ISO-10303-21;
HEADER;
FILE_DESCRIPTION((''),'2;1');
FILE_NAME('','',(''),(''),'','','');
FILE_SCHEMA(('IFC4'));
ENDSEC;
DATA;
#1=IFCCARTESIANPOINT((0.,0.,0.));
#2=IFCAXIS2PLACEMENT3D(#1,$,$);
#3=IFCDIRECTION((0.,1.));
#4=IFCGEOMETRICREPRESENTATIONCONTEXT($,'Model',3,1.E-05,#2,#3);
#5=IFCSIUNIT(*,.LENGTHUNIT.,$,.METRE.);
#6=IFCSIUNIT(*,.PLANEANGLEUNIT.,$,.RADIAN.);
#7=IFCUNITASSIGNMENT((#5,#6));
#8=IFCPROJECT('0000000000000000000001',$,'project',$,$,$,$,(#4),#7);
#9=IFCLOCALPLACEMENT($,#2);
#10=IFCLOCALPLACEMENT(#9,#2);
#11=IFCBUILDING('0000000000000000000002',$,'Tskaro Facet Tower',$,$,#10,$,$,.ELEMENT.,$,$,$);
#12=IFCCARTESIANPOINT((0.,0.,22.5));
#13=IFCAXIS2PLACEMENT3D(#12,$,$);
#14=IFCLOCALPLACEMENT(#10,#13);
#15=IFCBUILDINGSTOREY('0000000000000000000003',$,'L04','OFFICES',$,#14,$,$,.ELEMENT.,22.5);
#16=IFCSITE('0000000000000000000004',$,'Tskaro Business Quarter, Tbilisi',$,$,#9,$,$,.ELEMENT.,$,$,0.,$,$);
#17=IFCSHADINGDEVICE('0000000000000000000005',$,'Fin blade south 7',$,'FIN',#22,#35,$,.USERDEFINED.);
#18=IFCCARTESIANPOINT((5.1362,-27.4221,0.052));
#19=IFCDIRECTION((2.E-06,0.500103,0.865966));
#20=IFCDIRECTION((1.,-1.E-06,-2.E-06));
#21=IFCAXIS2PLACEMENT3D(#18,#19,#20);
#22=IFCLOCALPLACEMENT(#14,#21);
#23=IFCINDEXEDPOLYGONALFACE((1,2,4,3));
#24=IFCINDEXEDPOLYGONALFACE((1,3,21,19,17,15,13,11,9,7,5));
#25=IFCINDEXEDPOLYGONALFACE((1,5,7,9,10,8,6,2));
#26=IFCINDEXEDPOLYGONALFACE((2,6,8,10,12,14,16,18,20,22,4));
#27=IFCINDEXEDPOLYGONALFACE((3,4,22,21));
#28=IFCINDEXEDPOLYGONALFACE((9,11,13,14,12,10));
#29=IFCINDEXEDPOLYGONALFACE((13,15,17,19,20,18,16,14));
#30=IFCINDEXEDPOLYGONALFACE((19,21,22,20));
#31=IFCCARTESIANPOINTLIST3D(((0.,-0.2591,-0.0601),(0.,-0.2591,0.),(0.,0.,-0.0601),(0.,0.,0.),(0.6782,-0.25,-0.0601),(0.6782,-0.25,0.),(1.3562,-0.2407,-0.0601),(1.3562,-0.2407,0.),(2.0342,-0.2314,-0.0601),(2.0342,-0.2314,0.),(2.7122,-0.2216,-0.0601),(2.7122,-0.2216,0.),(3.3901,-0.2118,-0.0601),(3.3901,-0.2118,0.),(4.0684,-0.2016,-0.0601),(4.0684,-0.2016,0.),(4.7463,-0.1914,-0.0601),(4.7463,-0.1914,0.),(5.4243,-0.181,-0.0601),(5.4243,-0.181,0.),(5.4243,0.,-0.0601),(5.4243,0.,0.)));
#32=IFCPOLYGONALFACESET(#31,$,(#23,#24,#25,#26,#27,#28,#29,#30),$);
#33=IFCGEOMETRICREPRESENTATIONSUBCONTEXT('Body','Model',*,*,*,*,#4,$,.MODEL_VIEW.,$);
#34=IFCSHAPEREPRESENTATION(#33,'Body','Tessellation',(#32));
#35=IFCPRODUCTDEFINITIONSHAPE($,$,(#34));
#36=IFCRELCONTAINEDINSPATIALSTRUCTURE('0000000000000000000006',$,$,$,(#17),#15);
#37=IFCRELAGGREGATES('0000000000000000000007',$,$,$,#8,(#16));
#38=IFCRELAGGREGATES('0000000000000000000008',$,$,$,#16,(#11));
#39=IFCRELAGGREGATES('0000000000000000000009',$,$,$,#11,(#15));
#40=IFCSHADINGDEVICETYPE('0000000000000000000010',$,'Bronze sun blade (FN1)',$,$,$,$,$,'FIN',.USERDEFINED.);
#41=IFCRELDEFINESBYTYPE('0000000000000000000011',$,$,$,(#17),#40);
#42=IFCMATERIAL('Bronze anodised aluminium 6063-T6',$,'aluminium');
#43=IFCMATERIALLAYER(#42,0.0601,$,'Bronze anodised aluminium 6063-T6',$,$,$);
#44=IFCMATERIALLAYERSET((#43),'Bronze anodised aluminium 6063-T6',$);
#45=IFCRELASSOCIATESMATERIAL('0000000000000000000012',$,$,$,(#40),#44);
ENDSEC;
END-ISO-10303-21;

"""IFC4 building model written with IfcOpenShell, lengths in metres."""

from ifc_helpers import new_model, si_unit, direction, frame, origin, place, context, subcontext, project, spatial, polyline, outline, extrude, material, layer, layer_set, type_object, element, save


model = new_model("IFC4")

# Units and contexts
model_context = context("Model", 3, precision=1e-05, world=origin(), true_north=direction((0.0, 1.0)))
body_context = subcontext(model_context, "Body", "Model", "MODEL_VIEW")
ifc_project = project(units=[si_unit("LENGTHUNIT", "METRE"), si_unit("PLANEANGLEUNIT", "RADIAN")], contexts=[model_context])

# Site, building, storey
site_placement = place(None, origin())
site = spatial("IfcSite", under=ifc_project, at=site_placement, Name="Tskaro Business Quarter, Tbilisi", CompositionType="ELEMENT", RefElevation=0.0)
building_placement = place(site_placement, origin())
building = spatial("IfcBuilding", under=site, at=building_placement, Name="Tskaro Facet Tower", CompositionType="ELEMENT")
storey_placement = place(building_placement, frame((0.0, 0.0, 22.5)))
storey = spatial("IfcBuildingStorey", under=building, at=storey_placement, Name="L04", Description="OFFICES", CompositionType="ELEMENT", Elevation=22.5)

# Shared definitions
ifc_material_1 = material(Name="Bronze anodised aluminium 6063-T6", Category="aluminium")

# Shading device
ifc_layer_1 = layer(ifc_material_1, 0.0601, Name="Bronze anodised aluminium 6063-T6")
ifc_layer_set_1 = layer_set([ifc_layer_1], Name="Bronze anodised aluminium 6063-T6")
shading_device_type = type_object("IfcShadingDeviceType", Name="Bronze sun blade (FN1)", ElementType="FIN", PredefinedType="USERDEFINED", material=ifc_layer_set_1)
shading_device_1_placement = place(storey_placement, frame((5.1362, -27.4221, 0.052), z_axis=(0.000002, 0.500103, 0.865966), x_axis=(1.0, -0.000001, -0.000002)))
element("IfcShadingDevice", 1, at=shading_device_1_placement, inside=storey, type_object=shading_device_type, Name="Fin blade south 7", ObjectType="FIN", PredefinedType="USERDEFINED", context=body_context, shape_type="SweptSolid", body=[
    extrude(outline(polyline([(0.0, 0.0), (5.4243, 0.0), (5.4243, -0.181), (4.7463, -0.1914), (4.0684, -0.2016), (3.3901, -0.2118), (2.7122, -0.2216), (2.0342, -0.2314), (1.3562, -0.2407), (0.6782, -0.25), (0.0, -0.2591), (0.0, 0.0)])), origin(), (0.0, 0.0, -1.0), 0.0601),
])

save(model, "model.ifc")
